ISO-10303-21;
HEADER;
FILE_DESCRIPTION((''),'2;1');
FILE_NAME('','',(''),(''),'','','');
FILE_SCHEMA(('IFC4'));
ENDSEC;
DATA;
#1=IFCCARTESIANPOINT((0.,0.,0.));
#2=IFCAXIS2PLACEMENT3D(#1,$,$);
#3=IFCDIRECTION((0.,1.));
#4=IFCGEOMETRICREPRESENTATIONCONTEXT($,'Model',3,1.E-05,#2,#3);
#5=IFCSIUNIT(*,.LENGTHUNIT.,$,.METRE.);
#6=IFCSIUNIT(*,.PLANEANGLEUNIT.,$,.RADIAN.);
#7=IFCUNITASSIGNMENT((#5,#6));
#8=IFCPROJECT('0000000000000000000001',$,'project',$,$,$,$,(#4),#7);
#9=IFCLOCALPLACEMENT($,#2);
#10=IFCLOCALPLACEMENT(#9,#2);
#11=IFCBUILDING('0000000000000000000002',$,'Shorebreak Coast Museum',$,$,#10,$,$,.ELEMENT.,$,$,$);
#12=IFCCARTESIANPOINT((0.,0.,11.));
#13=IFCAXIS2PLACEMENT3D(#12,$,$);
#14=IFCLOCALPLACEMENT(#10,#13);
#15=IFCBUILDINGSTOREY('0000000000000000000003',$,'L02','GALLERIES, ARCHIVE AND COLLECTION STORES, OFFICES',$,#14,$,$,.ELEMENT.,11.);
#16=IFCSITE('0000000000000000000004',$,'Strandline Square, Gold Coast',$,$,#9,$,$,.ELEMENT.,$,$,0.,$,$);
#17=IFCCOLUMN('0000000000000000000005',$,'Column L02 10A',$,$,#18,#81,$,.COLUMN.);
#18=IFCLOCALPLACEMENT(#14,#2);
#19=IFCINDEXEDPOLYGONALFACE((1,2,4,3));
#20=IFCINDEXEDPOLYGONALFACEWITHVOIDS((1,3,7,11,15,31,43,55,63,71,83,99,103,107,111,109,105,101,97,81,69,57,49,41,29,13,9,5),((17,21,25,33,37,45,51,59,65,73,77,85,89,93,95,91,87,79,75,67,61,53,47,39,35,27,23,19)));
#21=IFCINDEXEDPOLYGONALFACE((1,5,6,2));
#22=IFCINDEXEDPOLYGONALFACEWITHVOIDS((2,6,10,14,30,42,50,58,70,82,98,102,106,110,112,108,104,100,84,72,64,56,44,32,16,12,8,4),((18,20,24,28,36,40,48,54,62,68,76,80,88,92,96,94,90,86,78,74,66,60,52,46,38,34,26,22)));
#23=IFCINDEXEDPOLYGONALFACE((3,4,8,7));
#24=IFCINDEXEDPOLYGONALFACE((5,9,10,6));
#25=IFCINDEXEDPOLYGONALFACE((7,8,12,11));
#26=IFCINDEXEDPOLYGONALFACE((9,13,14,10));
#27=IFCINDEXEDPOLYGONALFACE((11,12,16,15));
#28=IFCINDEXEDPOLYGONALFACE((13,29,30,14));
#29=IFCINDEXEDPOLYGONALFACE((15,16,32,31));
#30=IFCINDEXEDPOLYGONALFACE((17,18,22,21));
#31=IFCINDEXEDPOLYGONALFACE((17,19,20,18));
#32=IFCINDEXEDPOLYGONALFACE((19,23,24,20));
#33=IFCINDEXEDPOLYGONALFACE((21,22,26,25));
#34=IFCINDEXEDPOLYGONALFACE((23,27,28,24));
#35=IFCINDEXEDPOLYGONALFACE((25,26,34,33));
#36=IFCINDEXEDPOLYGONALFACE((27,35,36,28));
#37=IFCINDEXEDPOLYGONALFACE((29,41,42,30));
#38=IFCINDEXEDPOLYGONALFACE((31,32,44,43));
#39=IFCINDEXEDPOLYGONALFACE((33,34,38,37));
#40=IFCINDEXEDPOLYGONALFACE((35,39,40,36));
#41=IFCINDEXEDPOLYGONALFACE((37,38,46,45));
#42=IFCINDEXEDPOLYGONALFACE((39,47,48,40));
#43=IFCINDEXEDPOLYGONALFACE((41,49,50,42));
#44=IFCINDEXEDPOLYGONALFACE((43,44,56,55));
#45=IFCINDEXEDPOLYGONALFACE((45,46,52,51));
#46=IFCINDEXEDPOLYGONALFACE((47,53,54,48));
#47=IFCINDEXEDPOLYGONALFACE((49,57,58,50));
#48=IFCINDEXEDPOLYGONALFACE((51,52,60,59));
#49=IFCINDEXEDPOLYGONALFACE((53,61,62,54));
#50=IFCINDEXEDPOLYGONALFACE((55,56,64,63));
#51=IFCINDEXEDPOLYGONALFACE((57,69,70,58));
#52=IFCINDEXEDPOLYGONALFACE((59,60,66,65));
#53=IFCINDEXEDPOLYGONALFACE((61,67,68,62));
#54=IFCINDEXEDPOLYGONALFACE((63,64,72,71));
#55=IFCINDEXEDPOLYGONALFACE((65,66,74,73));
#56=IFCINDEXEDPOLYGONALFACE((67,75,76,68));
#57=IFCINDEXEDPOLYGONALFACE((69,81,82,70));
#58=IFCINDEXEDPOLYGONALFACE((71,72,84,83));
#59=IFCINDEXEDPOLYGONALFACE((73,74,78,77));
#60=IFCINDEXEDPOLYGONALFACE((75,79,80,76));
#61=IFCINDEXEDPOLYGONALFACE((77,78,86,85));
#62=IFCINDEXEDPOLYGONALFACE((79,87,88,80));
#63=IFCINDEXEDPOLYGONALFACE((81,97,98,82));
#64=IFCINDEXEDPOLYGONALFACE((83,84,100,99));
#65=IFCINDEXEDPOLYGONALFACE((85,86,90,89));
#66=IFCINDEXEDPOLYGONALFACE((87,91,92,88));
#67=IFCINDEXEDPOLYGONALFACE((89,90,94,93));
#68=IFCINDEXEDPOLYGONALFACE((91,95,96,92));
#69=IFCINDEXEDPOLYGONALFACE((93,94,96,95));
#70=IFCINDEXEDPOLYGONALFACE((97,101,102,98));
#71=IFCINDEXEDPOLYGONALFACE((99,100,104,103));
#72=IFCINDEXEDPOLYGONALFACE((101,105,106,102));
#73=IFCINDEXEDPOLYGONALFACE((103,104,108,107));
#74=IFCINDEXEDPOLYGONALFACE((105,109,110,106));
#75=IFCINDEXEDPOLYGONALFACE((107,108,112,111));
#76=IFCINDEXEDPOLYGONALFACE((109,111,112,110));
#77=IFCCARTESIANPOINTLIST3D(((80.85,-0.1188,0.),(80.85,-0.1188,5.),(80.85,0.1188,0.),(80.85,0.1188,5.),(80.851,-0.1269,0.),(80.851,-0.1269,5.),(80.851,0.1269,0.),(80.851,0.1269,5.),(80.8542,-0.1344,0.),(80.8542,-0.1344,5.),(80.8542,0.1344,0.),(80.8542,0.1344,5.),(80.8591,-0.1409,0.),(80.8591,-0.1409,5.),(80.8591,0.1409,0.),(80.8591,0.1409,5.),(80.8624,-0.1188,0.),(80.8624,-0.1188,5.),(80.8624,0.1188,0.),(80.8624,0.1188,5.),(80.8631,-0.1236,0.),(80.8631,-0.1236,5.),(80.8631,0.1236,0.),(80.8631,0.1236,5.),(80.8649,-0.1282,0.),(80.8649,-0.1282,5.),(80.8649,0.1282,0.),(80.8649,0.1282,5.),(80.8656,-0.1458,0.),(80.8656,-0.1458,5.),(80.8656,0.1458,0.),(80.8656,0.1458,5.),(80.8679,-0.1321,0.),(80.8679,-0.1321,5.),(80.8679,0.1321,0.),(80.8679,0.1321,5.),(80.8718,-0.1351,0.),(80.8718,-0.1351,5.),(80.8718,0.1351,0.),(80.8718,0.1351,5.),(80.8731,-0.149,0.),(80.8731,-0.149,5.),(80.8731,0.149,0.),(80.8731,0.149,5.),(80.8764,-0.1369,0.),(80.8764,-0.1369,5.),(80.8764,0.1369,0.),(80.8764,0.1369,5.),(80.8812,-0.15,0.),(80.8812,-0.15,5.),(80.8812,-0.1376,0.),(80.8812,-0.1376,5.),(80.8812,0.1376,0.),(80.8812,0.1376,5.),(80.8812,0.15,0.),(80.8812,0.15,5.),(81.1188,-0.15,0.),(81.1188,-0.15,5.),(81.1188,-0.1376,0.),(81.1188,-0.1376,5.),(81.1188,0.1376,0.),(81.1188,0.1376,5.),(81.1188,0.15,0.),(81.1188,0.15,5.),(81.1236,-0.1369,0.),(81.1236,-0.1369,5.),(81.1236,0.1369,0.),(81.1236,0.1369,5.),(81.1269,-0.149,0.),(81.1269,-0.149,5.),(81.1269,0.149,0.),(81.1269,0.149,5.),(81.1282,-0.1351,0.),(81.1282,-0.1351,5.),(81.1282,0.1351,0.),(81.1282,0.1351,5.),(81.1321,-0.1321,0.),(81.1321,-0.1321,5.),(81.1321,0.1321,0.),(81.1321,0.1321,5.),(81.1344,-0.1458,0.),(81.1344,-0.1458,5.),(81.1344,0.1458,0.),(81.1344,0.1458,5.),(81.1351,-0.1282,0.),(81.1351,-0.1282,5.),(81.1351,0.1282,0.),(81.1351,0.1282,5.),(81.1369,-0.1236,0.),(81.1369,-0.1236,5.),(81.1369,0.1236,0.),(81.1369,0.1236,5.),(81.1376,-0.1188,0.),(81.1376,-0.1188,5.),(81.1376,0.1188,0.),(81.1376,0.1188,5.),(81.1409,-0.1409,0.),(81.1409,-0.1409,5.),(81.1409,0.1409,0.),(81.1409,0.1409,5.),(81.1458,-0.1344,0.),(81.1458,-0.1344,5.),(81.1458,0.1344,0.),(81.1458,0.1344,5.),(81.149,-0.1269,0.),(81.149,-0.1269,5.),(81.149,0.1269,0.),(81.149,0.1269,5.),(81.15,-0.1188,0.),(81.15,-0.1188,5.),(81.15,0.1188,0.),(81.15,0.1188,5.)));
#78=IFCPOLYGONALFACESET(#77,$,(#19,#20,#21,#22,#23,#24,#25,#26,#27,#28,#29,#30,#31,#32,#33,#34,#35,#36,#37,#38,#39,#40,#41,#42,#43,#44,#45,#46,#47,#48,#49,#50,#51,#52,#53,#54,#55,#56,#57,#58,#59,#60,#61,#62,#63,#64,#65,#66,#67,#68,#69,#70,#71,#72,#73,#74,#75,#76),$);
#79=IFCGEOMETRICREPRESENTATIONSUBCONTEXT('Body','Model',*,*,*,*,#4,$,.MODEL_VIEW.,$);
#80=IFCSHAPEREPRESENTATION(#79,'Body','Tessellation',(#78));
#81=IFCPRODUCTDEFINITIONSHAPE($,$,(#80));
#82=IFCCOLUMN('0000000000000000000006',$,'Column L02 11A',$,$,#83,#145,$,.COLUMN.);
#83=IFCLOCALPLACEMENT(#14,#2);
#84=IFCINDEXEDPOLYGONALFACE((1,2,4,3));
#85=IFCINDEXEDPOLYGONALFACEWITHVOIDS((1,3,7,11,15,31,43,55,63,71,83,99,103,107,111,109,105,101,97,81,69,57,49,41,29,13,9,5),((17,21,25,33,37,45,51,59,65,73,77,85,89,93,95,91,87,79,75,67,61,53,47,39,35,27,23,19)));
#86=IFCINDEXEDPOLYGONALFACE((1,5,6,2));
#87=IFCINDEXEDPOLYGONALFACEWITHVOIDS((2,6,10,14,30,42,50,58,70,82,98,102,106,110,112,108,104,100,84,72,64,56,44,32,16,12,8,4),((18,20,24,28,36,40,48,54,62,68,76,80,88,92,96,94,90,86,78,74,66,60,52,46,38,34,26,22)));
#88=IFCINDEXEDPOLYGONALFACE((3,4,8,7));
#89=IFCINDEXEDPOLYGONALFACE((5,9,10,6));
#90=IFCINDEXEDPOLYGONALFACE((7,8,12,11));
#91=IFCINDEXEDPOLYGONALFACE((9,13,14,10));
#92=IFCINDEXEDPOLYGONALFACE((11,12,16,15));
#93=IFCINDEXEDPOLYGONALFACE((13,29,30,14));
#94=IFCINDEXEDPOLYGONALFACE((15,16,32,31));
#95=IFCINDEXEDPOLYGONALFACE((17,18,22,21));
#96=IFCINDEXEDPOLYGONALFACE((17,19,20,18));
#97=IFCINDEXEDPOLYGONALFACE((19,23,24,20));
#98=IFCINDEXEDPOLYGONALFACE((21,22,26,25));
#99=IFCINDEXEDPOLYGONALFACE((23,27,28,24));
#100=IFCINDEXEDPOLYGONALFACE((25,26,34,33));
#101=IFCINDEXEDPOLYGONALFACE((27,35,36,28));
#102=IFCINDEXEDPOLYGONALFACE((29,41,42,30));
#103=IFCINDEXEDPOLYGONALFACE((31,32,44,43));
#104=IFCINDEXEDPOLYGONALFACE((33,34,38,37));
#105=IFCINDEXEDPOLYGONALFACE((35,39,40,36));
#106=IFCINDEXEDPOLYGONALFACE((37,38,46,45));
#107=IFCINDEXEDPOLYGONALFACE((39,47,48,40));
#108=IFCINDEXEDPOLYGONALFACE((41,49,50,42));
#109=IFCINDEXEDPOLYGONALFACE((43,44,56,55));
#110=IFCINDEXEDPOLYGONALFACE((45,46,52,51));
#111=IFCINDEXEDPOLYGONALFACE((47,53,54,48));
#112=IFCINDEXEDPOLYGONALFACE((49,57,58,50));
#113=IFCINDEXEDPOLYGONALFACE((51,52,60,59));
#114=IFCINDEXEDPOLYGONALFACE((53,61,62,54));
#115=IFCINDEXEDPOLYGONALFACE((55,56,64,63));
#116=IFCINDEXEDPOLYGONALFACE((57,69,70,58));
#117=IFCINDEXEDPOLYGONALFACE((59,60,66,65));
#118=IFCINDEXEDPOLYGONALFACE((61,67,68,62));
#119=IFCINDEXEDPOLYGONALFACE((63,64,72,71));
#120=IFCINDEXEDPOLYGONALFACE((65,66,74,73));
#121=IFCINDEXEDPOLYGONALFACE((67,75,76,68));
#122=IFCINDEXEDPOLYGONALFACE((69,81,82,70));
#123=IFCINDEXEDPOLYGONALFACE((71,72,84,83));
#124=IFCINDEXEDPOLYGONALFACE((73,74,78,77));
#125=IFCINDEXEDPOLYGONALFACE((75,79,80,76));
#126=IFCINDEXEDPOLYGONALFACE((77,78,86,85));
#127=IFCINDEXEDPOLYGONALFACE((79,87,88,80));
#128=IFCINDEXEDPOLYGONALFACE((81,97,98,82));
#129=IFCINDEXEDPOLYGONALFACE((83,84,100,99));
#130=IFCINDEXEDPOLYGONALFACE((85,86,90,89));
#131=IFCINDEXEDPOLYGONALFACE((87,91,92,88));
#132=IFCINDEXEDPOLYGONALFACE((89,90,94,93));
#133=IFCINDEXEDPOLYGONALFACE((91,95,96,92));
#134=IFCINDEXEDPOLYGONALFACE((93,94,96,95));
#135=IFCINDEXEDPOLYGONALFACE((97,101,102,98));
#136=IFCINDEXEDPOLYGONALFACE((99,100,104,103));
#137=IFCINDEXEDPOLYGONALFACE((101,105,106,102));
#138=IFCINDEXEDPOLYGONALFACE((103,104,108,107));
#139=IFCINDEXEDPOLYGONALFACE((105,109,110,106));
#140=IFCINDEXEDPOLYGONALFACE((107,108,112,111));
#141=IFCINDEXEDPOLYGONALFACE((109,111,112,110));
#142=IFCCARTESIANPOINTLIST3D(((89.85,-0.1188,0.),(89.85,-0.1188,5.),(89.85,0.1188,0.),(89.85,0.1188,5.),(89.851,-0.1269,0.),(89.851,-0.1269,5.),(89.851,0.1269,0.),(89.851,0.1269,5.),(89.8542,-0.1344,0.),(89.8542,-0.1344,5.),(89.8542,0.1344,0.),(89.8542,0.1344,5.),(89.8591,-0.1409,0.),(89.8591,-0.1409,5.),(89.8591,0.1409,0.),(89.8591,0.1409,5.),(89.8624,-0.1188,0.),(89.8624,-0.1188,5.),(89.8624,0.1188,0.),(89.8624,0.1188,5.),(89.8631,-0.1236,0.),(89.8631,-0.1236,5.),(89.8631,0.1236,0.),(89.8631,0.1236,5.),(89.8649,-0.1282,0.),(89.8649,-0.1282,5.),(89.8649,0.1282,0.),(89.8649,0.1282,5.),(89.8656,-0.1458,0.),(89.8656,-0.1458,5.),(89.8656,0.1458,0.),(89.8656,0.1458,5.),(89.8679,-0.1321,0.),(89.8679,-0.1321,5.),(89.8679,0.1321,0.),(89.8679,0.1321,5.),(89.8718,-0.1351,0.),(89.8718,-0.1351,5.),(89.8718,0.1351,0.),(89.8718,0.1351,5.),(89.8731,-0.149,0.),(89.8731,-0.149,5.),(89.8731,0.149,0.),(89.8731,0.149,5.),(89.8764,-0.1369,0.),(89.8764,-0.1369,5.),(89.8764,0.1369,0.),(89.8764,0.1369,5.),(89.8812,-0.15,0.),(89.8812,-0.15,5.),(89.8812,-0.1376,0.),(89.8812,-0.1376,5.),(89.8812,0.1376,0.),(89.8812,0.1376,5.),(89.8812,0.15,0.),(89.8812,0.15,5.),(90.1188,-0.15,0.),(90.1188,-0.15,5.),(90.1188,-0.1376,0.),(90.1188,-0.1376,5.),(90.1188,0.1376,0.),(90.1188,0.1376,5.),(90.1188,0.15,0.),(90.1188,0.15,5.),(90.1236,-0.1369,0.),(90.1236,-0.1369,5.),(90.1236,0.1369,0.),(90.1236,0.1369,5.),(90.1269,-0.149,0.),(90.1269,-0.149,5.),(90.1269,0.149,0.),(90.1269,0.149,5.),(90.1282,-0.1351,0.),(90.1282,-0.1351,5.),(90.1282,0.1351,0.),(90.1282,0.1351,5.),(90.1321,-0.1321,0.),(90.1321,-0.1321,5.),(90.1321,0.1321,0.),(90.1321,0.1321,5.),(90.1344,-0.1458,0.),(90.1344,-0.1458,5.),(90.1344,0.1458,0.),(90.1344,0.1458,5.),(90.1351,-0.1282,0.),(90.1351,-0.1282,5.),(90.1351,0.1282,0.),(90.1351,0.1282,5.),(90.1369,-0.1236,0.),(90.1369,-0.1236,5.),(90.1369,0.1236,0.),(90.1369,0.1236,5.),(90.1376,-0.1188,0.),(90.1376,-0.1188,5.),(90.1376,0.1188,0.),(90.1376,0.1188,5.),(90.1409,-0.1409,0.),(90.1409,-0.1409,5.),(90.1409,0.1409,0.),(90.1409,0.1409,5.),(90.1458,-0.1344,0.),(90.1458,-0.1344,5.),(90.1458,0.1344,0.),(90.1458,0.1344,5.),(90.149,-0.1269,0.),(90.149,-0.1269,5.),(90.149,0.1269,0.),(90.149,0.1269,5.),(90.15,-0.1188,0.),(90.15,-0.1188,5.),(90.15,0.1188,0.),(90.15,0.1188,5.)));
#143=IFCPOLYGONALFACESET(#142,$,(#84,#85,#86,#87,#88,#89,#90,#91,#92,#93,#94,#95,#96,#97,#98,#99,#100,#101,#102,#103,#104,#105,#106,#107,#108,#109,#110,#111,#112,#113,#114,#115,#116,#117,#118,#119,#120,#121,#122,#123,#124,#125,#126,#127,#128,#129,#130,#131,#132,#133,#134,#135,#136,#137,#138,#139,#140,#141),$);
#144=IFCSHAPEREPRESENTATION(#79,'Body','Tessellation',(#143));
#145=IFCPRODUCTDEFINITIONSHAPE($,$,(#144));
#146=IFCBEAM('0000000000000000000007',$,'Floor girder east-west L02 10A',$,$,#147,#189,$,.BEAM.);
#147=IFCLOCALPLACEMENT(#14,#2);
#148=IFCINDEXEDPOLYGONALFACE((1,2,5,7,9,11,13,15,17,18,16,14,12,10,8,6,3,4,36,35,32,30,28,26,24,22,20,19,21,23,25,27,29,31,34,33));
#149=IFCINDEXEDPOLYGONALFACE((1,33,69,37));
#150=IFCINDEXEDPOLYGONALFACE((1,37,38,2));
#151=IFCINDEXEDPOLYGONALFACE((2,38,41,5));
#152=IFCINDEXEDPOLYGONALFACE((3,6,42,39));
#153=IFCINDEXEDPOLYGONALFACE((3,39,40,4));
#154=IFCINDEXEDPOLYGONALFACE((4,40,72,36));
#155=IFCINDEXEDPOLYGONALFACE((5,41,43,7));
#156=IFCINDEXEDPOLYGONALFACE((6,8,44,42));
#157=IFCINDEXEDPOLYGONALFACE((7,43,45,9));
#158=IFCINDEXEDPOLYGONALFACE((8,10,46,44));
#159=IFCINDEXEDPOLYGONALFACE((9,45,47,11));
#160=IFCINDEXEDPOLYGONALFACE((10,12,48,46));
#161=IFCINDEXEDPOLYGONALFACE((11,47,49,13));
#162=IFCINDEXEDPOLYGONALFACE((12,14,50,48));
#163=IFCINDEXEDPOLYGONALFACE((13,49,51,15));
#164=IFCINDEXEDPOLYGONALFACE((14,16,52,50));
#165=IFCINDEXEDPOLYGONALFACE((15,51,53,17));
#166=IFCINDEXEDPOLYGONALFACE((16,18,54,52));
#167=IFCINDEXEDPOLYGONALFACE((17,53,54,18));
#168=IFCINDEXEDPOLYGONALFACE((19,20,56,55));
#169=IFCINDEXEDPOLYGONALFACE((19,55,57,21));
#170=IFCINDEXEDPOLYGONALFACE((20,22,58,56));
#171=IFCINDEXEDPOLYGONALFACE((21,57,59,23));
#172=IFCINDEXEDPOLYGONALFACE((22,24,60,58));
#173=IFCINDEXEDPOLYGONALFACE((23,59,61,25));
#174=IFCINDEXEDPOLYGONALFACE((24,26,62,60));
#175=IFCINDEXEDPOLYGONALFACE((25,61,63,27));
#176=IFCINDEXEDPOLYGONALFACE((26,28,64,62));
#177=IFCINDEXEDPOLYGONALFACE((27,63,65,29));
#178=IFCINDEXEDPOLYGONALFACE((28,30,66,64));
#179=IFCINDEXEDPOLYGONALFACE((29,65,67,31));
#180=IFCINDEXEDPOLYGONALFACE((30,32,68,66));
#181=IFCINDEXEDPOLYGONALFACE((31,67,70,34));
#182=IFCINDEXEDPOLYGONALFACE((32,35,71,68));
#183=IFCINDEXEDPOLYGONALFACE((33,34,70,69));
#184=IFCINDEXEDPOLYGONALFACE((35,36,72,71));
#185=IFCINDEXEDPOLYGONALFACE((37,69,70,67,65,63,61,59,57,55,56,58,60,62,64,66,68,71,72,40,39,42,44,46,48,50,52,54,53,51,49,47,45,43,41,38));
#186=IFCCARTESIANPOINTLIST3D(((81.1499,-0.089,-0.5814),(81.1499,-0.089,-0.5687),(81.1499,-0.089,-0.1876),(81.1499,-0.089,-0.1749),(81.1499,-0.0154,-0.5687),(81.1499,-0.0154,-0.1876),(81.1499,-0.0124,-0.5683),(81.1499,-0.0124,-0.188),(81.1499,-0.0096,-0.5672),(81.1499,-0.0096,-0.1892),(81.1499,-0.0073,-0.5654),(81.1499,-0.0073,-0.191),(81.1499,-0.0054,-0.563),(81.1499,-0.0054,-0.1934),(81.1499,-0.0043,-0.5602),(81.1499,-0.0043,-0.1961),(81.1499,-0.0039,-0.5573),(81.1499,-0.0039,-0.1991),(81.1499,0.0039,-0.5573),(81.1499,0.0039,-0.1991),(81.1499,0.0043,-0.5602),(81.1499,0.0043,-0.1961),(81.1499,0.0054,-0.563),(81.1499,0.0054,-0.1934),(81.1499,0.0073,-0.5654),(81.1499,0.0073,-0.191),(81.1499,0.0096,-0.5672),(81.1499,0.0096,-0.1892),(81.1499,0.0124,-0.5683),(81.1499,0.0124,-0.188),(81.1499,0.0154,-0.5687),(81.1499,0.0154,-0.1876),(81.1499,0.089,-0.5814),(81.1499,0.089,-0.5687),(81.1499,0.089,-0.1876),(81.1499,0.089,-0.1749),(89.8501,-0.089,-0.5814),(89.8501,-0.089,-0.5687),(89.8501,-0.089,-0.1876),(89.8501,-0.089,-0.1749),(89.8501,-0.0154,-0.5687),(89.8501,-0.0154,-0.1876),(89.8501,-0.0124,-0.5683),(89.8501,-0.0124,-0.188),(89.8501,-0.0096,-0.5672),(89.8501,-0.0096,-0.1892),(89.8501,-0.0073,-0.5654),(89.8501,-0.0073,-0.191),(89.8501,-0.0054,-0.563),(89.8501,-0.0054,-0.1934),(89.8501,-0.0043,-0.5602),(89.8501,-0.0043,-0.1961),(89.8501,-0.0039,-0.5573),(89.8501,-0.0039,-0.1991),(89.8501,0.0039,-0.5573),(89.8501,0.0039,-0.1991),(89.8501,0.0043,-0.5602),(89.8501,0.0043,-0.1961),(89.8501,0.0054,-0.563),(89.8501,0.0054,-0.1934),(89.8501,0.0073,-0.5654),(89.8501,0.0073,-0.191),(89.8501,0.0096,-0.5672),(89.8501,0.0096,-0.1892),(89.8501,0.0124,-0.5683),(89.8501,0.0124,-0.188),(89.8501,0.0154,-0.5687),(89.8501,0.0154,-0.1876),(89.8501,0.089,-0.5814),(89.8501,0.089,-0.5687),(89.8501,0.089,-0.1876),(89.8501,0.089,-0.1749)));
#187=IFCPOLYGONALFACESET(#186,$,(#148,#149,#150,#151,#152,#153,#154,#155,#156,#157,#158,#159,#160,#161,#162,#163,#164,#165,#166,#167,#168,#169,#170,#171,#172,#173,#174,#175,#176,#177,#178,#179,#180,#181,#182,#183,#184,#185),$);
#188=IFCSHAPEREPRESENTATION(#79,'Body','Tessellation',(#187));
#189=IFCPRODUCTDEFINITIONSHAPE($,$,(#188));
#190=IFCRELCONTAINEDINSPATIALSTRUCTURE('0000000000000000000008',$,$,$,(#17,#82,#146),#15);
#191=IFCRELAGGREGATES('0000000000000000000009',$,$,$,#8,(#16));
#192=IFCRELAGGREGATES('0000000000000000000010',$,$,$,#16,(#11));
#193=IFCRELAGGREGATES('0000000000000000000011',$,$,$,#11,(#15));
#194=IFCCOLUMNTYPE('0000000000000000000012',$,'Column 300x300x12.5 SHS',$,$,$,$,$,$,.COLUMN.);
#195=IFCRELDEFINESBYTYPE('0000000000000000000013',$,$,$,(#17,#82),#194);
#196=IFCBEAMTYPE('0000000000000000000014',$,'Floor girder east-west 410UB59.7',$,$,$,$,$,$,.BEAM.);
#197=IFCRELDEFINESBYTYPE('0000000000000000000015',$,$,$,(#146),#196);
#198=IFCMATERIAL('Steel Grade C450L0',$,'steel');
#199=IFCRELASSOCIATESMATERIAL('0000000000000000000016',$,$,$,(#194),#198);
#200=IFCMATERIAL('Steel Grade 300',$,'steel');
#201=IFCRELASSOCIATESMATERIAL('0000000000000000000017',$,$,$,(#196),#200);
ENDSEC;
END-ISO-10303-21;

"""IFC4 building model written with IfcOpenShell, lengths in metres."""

from ifc_helpers import new_model, si_unit, direction, frame, origin, origin_2d, place, context, subcontext, project, spatial, hollow_rectangle, i_section, extrude, material, material_profile, profile_set, type_object, element, save


model = new_model("IFC4")

# Units and contexts
model_context = context("Model", 3, precision=1e-05, world=origin(), true_north=direction((0.0, 1.0)))
body_context = subcontext(model_context, "Body", "Model", "MODEL_VIEW")
ifc_project = project(units=[si_unit("LENGTHUNIT", "METRE"), si_unit("PLANEANGLEUNIT", "RADIAN")], contexts=[model_context])

# Site, building, storey
site_placement = place(None, origin())
site = spatial("IfcSite", under=ifc_project, at=site_placement, Name="Strandline Square, Gold Coast", CompositionType="ELEMENT", RefElevation=0.0)
building_placement = place(site_placement, origin())
building = spatial("IfcBuilding", under=site, at=building_placement, Name="Shorebreak Coast Museum", CompositionType="ELEMENT")
storey_placement = place(building_placement, frame((0.0, 0.0, 11.0)))
storey = spatial("IfcBuildingStorey", under=building, at=storey_placement, Name="L02", Description="GALLERIES, ARCHIVE AND COLLECTION STORES, OFFICES", CompositionType="ELEMENT", Elevation=11.0)

# Columns
ifc_material_1 = material(Name="Steel Grade C450L0", Category="steel")
ifc_material_profile_1 = material_profile(ifc_material_1, hollow_rectangle(XDim=0.3, YDim=0.3, WallThickness=0.0125, InnerFilletRadius=0.0188, OuterFilletRadius=0.0312, at=origin_2d()), Name="300x300x12.5 SHS")
ifc_profile_set_1 = profile_set([ifc_material_profile_1], Name="Steel Grade C450L0")
column_type = type_object("IfcColumnType", Name="Column 300x300x12.5 SHS", PredefinedType="COLUMN", material=ifc_profile_set_1)
for number, where, z_axis, x_axis, name in (
    (1, (81.0, 0.0, 0.0), (0.0, 0.0, 1.0), (1.0, 0.0, 0.0), "Column L02 10A"),
    (2, (90.0, 0.0, 0.0), (0.0, 0.0, 1.0), (1.0, 0.0, 0.0), "Column L02 11A"),
):
    element("IfcColumn", number, at=place(storey_placement, frame(where, z_axis=z_axis, x_axis=x_axis)), inside=storey, type_object=column_type, Name=name, PredefinedType="COLUMN", context=body_context, shape_type="SweptSolid", body=[
        extrude(hollow_rectangle(XDim=0.3, YDim=0.3, WallThickness=0.0125, InnerFilletRadius=0.0188, OuterFilletRadius=0.0312, at=origin_2d()), origin(), (0.0, 0.0, 1.0), 5.0),
    ])

# Beam
ifc_material_2 = material(Name="Steel Grade 300", Category="steel")
ifc_material_profile_2 = material_profile(ifc_material_2, i_section(OverallWidth=0.178, OverallDepth=0.4065, WebThickness=0.0078, FlangeThickness=0.0127, FilletRadius=0.0115, at=origin_2d()), Name="410UB59.7")
ifc_profile_set_2 = profile_set([ifc_material_profile_2], Name="Steel Grade 300")
beam_type_1 = type_object("IfcBeamType", Name="Floor girder east-west 410UB59.7", PredefinedType="BEAM", material=ifc_profile_set_2)
beam_1_placement = place(storey_placement, frame((81.1499, 0.0, -0.3782), z_axis=(1.0, 0.0, 0.0), x_axis=(0.0, 1.0, 0.0)))
element("IfcBeam", 3, at=beam_1_placement, inside=storey, type_object=beam_type_1, Name="Floor girder east-west L02 10A", PredefinedType="BEAM", context=body_context, shape_type="SweptSolid", body=[
    extrude(i_section(OverallWidth=0.178, OverallDepth=0.4065, WebThickness=0.0078, FlangeThickness=0.0127, FilletRadius=0.0115, at=origin_2d()), origin(), (0.0, 0.0, 1.0), 8.7002),
])

save(model, "model.ifc")
